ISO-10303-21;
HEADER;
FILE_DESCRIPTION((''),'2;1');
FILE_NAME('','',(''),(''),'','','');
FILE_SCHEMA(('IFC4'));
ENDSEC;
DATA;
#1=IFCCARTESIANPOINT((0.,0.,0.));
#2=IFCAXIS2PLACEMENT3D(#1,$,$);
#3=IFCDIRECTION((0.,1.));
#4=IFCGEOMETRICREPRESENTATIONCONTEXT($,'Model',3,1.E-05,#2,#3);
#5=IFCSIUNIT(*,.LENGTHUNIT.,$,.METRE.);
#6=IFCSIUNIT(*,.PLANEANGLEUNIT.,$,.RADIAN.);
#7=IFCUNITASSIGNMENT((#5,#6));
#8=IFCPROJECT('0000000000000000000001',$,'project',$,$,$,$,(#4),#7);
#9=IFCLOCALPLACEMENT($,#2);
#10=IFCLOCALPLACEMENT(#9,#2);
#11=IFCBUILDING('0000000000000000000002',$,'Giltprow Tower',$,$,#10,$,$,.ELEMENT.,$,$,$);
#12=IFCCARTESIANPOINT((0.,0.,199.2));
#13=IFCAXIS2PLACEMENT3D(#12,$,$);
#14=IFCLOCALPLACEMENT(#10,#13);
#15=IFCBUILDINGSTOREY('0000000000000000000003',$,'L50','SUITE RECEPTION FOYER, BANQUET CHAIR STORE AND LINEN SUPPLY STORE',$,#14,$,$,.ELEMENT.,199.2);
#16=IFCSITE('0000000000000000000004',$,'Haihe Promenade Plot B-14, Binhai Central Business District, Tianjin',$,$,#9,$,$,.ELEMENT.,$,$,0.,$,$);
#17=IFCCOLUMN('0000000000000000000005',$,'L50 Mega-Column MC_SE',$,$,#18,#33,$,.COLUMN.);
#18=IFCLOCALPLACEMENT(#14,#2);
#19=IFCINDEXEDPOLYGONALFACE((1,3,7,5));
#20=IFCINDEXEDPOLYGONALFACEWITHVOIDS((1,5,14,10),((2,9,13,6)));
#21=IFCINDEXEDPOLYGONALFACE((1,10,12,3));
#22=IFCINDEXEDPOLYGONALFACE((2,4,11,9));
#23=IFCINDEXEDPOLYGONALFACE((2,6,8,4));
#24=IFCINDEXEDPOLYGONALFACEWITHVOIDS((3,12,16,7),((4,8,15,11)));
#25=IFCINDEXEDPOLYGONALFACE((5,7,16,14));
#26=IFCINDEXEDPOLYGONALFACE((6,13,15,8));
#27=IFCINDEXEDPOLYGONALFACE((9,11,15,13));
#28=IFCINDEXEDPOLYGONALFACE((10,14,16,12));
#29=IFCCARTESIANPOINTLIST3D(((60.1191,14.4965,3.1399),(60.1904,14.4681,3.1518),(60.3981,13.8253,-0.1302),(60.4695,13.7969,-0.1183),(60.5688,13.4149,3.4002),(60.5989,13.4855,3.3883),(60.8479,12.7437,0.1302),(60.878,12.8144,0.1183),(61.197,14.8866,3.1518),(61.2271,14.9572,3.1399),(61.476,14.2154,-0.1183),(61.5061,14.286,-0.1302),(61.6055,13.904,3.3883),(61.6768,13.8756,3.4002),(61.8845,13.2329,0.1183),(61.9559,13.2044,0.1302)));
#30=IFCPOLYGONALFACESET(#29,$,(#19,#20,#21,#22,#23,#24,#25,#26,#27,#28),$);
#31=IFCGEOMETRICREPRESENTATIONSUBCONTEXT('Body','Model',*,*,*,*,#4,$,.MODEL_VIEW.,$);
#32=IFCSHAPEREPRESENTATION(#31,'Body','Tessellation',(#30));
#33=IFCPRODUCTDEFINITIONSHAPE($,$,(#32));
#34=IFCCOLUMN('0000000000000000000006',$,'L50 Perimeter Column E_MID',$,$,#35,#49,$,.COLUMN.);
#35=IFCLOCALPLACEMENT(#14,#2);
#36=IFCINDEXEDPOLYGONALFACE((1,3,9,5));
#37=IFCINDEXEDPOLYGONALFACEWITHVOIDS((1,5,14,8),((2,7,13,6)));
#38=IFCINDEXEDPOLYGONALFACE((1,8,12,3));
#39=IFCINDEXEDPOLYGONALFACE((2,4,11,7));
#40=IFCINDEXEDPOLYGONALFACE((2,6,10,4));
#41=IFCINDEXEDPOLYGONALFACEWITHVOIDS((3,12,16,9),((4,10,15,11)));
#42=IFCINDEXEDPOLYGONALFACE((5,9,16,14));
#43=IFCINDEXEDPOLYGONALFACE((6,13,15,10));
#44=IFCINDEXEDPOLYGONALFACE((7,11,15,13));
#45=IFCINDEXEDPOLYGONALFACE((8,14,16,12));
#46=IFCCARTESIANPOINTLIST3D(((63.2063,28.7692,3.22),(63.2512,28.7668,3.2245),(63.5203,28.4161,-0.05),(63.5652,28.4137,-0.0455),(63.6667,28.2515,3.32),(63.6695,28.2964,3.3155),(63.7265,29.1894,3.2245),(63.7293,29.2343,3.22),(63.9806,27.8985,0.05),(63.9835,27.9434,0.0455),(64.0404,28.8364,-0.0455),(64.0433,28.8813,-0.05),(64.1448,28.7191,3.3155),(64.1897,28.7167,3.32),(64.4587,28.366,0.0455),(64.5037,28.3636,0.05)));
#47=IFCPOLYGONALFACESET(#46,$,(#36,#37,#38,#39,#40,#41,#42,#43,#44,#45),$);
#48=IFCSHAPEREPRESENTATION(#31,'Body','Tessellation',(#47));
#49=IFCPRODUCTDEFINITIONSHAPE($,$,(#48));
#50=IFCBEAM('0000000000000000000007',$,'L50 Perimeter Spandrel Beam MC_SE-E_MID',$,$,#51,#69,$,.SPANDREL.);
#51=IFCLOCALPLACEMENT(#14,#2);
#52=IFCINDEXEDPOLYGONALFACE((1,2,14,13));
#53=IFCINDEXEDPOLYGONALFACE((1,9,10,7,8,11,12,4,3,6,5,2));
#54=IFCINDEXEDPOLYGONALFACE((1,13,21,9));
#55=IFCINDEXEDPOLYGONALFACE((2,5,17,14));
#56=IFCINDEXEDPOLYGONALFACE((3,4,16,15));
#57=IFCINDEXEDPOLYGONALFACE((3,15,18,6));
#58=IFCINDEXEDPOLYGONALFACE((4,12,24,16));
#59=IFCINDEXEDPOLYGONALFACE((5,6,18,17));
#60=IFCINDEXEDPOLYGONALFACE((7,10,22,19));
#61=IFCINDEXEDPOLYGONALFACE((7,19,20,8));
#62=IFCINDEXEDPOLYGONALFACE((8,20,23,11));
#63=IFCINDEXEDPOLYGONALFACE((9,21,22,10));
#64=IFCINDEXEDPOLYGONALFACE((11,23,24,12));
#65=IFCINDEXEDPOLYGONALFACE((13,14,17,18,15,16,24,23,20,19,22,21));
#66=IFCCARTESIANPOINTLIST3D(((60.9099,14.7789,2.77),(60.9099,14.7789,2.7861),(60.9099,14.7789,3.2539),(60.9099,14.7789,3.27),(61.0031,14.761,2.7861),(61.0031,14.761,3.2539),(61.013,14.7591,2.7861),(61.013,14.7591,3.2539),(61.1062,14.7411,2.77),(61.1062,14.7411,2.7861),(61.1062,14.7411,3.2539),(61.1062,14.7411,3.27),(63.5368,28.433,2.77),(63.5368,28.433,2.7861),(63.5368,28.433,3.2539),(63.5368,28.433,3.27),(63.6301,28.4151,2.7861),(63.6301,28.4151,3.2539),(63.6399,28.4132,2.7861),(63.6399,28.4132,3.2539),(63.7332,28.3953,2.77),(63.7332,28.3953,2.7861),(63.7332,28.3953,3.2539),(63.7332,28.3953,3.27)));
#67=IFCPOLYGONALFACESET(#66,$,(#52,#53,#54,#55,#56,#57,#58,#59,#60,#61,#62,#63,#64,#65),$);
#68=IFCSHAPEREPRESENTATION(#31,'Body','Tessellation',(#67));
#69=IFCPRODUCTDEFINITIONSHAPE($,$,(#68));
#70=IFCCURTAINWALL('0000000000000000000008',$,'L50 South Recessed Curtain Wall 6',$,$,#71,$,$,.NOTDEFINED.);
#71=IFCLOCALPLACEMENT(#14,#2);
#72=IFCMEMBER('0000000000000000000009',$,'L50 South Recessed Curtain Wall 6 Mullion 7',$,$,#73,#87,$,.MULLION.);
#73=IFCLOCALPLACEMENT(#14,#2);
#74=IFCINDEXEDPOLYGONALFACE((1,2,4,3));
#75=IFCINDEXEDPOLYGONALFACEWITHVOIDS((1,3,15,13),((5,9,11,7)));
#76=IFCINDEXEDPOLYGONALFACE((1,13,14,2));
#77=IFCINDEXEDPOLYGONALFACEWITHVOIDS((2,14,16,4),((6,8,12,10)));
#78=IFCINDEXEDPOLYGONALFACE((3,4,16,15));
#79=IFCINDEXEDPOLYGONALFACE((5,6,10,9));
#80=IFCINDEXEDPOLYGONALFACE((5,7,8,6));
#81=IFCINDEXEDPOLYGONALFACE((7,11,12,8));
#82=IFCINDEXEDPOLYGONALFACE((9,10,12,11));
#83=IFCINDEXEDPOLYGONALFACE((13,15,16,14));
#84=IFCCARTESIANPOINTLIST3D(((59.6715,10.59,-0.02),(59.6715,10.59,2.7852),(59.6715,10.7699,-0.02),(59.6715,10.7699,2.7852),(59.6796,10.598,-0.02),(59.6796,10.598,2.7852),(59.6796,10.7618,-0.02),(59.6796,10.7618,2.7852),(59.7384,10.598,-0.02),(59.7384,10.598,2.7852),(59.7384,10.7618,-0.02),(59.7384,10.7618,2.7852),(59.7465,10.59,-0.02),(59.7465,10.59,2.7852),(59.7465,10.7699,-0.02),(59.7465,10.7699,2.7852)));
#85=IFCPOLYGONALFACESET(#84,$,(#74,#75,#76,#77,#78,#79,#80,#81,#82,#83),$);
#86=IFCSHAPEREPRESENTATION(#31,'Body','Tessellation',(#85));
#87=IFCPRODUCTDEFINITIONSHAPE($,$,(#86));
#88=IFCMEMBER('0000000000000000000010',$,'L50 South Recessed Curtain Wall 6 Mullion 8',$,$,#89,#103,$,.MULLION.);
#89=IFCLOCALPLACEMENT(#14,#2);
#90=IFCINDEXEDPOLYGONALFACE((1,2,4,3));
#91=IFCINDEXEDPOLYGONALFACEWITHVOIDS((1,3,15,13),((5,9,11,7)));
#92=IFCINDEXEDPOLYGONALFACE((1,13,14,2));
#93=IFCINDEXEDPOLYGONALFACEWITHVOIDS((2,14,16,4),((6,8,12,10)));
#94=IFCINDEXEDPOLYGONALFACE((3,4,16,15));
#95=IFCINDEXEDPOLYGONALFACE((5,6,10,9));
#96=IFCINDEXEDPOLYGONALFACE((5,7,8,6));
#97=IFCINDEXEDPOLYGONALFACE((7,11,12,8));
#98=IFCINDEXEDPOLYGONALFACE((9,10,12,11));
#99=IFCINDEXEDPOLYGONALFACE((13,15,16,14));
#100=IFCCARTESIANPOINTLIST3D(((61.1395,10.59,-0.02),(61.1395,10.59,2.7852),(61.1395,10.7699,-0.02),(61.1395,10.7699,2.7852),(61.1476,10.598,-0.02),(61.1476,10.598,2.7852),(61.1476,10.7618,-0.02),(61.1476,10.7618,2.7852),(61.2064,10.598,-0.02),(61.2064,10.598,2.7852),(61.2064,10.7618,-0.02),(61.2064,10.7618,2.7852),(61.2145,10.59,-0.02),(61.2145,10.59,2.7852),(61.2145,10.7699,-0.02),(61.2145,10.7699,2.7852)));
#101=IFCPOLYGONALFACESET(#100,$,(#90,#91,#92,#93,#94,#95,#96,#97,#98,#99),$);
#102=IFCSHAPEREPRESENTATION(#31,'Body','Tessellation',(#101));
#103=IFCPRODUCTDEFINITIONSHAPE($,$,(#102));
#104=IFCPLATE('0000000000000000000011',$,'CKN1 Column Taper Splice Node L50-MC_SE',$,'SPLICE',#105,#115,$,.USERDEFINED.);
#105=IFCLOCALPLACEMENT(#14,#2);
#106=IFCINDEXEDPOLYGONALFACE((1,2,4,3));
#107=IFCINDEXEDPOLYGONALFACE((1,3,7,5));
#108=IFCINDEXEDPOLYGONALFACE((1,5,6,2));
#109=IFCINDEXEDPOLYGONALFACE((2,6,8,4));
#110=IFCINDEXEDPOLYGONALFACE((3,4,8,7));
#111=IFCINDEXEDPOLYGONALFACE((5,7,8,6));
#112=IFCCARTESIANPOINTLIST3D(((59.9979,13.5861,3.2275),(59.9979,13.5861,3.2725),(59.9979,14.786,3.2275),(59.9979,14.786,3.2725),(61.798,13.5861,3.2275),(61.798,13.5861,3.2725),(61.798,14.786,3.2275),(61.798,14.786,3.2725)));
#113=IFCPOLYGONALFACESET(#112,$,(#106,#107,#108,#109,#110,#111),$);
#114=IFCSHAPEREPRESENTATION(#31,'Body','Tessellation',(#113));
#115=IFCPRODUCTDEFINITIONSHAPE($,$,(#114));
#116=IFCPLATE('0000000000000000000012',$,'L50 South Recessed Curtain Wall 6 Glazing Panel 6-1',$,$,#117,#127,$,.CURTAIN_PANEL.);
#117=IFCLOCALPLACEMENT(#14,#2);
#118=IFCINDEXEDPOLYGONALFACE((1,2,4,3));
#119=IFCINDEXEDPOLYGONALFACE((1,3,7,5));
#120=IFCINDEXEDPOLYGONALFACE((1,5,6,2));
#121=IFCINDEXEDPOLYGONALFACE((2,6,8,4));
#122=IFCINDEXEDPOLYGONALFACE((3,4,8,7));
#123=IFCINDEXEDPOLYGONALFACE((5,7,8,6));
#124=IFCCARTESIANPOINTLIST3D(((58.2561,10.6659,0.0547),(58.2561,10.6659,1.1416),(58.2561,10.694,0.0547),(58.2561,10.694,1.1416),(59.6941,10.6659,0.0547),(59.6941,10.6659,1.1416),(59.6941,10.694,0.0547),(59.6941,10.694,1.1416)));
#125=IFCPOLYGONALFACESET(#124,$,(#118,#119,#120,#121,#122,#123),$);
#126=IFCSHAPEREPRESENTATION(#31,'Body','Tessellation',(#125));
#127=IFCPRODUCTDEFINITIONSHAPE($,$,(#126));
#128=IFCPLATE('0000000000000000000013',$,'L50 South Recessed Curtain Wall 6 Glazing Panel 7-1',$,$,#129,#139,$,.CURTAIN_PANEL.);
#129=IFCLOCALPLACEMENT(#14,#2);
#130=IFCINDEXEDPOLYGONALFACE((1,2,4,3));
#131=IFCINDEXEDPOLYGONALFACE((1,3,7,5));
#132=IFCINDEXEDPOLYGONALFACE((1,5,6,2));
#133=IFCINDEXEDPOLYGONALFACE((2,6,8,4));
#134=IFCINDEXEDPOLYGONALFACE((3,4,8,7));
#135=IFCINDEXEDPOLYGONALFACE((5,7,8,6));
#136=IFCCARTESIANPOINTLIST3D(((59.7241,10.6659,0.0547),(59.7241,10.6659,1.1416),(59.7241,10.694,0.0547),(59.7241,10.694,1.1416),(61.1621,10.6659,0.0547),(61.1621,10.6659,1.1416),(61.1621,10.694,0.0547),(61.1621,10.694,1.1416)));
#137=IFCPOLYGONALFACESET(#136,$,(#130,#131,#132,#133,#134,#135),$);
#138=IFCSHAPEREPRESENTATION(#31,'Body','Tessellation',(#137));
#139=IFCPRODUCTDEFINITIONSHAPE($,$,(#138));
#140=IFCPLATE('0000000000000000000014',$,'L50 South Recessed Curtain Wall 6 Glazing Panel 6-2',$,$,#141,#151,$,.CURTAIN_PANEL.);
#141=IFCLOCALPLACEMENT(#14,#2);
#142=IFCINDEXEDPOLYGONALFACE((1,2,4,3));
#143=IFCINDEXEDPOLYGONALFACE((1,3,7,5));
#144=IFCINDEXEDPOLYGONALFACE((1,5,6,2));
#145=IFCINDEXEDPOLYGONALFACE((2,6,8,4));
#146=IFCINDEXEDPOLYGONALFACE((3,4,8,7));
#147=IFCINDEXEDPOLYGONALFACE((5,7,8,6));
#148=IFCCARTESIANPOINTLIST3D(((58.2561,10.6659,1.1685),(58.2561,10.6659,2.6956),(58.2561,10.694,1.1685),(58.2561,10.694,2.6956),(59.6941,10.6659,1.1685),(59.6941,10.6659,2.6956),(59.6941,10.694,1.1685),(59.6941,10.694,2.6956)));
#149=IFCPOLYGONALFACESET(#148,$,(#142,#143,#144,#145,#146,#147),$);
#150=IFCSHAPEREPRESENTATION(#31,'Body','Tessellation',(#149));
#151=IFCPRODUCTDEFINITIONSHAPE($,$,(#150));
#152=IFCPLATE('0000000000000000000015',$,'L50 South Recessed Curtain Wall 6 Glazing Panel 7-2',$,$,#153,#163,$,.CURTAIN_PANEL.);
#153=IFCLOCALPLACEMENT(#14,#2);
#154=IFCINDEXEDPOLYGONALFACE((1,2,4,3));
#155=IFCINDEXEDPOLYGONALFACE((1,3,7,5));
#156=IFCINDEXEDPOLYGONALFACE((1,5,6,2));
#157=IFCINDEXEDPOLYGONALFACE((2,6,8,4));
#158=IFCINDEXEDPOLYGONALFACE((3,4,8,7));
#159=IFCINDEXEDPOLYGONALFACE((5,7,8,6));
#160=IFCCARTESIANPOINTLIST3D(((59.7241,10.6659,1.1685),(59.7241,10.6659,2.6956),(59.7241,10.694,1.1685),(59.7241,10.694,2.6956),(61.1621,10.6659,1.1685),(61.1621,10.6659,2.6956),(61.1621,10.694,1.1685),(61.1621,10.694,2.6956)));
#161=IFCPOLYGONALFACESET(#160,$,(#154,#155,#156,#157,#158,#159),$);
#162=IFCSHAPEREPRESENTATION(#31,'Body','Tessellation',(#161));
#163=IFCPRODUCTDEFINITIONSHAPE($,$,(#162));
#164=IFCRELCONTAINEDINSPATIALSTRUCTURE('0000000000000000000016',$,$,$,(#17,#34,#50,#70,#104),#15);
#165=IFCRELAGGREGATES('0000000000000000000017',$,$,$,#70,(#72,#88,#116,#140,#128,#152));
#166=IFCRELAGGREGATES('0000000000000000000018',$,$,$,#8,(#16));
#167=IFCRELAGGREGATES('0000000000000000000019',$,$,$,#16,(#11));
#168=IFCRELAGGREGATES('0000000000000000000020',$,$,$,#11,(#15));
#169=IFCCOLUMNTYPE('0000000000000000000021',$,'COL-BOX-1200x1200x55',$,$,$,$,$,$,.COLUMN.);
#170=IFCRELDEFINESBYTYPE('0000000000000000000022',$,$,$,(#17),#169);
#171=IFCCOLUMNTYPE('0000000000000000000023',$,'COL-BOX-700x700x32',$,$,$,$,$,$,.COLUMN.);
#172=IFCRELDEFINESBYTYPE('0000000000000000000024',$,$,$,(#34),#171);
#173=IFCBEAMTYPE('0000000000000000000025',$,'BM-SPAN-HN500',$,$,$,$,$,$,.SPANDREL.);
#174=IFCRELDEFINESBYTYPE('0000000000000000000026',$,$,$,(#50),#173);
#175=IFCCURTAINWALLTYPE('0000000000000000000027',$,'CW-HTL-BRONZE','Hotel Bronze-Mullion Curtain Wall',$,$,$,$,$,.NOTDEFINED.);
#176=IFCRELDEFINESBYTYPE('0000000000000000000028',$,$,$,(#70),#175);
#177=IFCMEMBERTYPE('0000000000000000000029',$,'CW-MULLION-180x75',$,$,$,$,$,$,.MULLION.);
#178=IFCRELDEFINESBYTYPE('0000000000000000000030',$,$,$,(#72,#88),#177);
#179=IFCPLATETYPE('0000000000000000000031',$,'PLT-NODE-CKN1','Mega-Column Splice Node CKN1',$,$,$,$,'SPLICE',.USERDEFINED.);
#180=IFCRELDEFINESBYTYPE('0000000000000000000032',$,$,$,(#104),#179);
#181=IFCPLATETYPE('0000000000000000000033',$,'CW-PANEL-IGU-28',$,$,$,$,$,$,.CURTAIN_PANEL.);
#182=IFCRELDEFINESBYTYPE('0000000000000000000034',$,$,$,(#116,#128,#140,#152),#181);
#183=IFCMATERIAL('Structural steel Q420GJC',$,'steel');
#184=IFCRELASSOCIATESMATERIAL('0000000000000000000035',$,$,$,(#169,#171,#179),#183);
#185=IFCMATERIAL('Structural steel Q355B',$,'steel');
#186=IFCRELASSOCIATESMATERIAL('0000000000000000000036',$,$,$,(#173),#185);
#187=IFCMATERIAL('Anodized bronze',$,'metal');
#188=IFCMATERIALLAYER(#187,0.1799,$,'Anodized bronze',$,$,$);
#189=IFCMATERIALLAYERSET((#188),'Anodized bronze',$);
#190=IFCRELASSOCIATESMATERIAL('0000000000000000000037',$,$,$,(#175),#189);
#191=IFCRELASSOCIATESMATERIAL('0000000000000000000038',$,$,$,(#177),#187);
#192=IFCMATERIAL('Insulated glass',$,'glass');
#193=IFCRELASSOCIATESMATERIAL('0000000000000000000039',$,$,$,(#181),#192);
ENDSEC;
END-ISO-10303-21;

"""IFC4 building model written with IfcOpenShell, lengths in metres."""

from ifc_helpers import new_model, si_unit, direction, frame, origin, origin_2d, place, context, subcontext, project, spatial, rectangle, hollow_rectangle, i_section, extrude, source, transform, mapped, material, layer, layer_set, material_profile, profile_set, type_object, element, aggregate, save


model = new_model("IFC4")

# Units and contexts
model_context = context("Model", 3, precision=1e-05, world=origin(), true_north=direction((0.0, 1.0)))
body_context = subcontext(model_context, "Body", "Model", "MODEL_VIEW")
ifc_project = project(units=[si_unit("LENGTHUNIT", "METRE"), si_unit("PLANEANGLEUNIT", "RADIAN")], contexts=[model_context])

# Site, building, storey
site_placement = place(None, origin())
site = spatial("IfcSite", under=ifc_project, at=site_placement, Name="Haihe Promenade Plot B-14, Binhai Central Business District, Tianjin", CompositionType="ELEMENT", RefElevation=0.0)
building_placement = place(site_placement, origin())
building = spatial("IfcBuilding", under=site, at=building_placement, Name="Giltprow Tower", CompositionType="ELEMENT")
storey_placement = place(building_placement, frame((0.0, 0.0, 199.2)))
storey = spatial("IfcBuildingStorey", under=building, at=storey_placement, Name="L50", Description="SUITE RECEPTION FOYER, BANQUET CHAIR STORE AND LINEN SUPPLY STORE", CompositionType="ELEMENT", Elevation=199.2)

# Columns
ifc_material_1 = material(Name="Structural steel Q420GJC", Category="steel")
ifc_material_profile_1 = material_profile(ifc_material_1, hollow_rectangle(XDim=1.2, YDim=1.2, WallThickness=0.0549, at=origin_2d()), Name="BOX 1200x1200x55")
ifc_profile_set_1 = profile_set([ifc_material_profile_1], Name="Structural steel Q420GJC")
column_type_1 = type_object("IfcColumnType", Name="COL-BOX-1200x1200x55", PredefinedType="COLUMN", material=ifc_profile_set_1)
shared_shape_1 = source(origin(), body_context, "Body", "SweptSolid", [
    extrude(hollow_rectangle(XDim=1.2, YDim=1.2, WallThickness=0.0549, at=origin_2d()), origin(), (0.0, 0.0, 1.0), 3.3499),
])
column_1_placement = place(storey_placement, frame((61.177, 13.5149, 0.0), z_axis=(-0.083304, 0.200352, 0.976176), x_axis=(-0.923365, -0.383924, 0.0)))
element("IfcColumn", 1, at=column_1_placement, inside=storey, type_object=column_type_1, Name="L50 Mega-Column MC_SE", PredefinedType="COLUMN", context=body_context, shape_type="MappedRepresentation", body=[
    mapped(shared_shape_1, transform((0.0, 0.0, 0.0), x_axis=(1.0, 0.0, 0.0), y_axis=(0.0, 1.0, 0.0), z_axis=(0.0, 0.0, 1.0), scale=1.0)),
])
ifc_material_profile_2 = material_profile(ifc_material_1, hollow_rectangle(XDim=0.7, YDim=0.7, WallThickness=0.032, at=origin_2d()), Name="BOX 700x700x32")
ifc_profile_set_2 = profile_set([ifc_material_profile_2], Name="Structural steel Q420GJC")
column_type_2 = type_object("IfcColumnType", Name="COL-BOX-700x700x32", PredefinedType="COLUMN", material=ifc_profile_set_2)
shared_shape_2 = source(origin(), body_context, "Body", "SweptSolid", [
    extrude(hollow_rectangle(XDim=0.7, YDim=0.7, WallThickness=0.032, at=origin_2d()), origin(), (0.0, 0.0, 1.0), 3.304),
])
column_2_placement = place(storey_placement, frame((64.012, 28.3899, 0.0), z_axis=(-0.095026, 0.106849, 0.989724), x_axis=(-0.747238, -0.664556, 0.0)))
element("IfcColumn", 2, at=column_2_placement, inside=storey, type_object=column_type_2, Name="L50 Perimeter Column E_MID", PredefinedType="COLUMN", context=body_context, shape_type="MappedRepresentation", body=[
    mapped(shared_shape_2, transform((0.0, 0.0, 0.0), x_axis=(1.0, 0.0, 0.0), y_axis=(0.0, 1.0, 0.0), z_axis=(0.0, 0.0, 1.0), scale=1.0)),
])

# Beam
ifc_material_2 = material(Name="Structural steel Q355B", Category="steel")
ifc_material_profile_3 = material_profile(ifc_material_2, i_section(OverallWidth=0.2, OverallDepth=0.5, WebThickness=0.01, FlangeThickness=0.0161, at=origin_2d()), Name="HN 500x200x10x16")
ifc_profile_set_3 = profile_set([ifc_material_profile_3], Name="Structural steel Q355B")
beam_type = type_object("IfcBeamType", Name="BM-SPAN-HN500", PredefinedType="SPANDREL", material=ifc_profile_set_3)
shared_shape_3 = source(origin(), body_context, "Body", "SweptSolid", [
    extrude(i_section(OverallWidth=0.2, OverallDepth=0.5, WebThickness=0.01, FlangeThickness=0.0161, at=origin_2d()), origin(), (0.0, 0.0, 1.0), 13.9045),
])
beam_placement = place(storey_placement, frame((61.0081, 14.76, 3.02), z_axis=(0.188929, 0.981991, 0.0), x_axis=(-0.981991, 0.188929, 0.0)))
element("IfcBeam", 3, at=beam_placement, inside=storey, type_object=beam_type, Name="L50 Perimeter Spandrel Beam MC_SE-E_MID", PredefinedType="SPANDREL", context=body_context, shape_type="MappedRepresentation", body=[
    mapped(shared_shape_3, transform((0.0, 0.0, 0.0), x_axis=(1.0, 0.0, 0.0), y_axis=(0.0, 1.0, 0.0), z_axis=(0.0, 0.0, 1.0), scale=1.0)),
])

# Curtain wall, members
ifc_material_3 = material(Name="Anodized bronze", Category="metal")
ifc_layer_1 = layer(ifc_material_3, 0.1799, Name="Anodized bronze")
ifc_layer_set_1 = layer_set([ifc_layer_1], Name="Anodized bronze")
curtain_wall_type = type_object("IfcCurtainWallType", Name="CW-HTL-BRONZE", Description="Hotel Bronze-Mullion Curtain Wall", PredefinedType="NOTDEFINED", material=ifc_layer_set_1)
curtain_wall_placement = place(storey_placement, origin())
curtain_wall = element("IfcCurtainWall", 4, at=curtain_wall_placement, inside=storey, type_object=curtain_wall_type, Name="L50 South Recessed Curtain Wall 6", PredefinedType="NOTDEFINED")
ifc_material_profile_4 = material_profile(ifc_material_3, hollow_rectangle(XDim=0.075, YDim=0.1799, WallThickness=0.0081, at=origin_2d()), Name="RHS 180x75x8")
ifc_profile_set_4 = profile_set([ifc_material_profile_4], Name="Anodized bronze")
member_type = type_object("IfcMemberType", Name="CW-MULLION-180x75", PredefinedType="MULLION", material=ifc_profile_set_4)
shared_shape_4 = source(origin(), body_context, "Body", "SweptSolid", [
    extrude(hollow_rectangle(XDim=0.075, YDim=0.1799, WallThickness=0.0081, at=origin_2d()), origin(), (0.0, 0.0, 1.0), 2.8052),
])
member_1_placement = place(storey_placement, frame((59.709, 10.6799, -0.02), z_axis=(0.0, 0.0, 1.0), x_axis=(1.0, 0.0, 0.0)))
member_1 = element("IfcMember", 5, at=member_1_placement, type_object=member_type, Name="L50 South Recessed Curtain Wall 6 Mullion 7", PredefinedType="MULLION", context=body_context, shape_type="MappedRepresentation", body=[
    mapped(shared_shape_4, transform((0.0, 0.0, 0.0), x_axis=(1.0, 0.0, 0.0), y_axis=(0.0, 1.0, 0.0), z_axis=(0.0, 0.0, 1.0), scale=1.0)),
])
member_2_placement = place(storey_placement, frame((61.177, 10.6799, -0.02), z_axis=(0.0, 0.0, 1.0), x_axis=(1.0, 0.0, 0.0)))
member_2 = element("IfcMember", 6, at=member_2_placement, type_object=member_type, Name="L50 South Recessed Curtain Wall 6 Mullion 8", PredefinedType="MULLION", context=body_context, shape_type="MappedRepresentation", body=[
    mapped(shared_shape_4, transform((0.0, 0.0, 0.0), x_axis=(1.0, 0.0, 0.0), y_axis=(0.0, 1.0, 0.0), z_axis=(0.0, 0.0, 1.0), scale=1.0)),
])

# Plates
plate_type_1 = type_object("IfcPlateType", Name="PLT-NODE-CKN1", Description="Mega-Column Splice Node CKN1", ElementType="SPLICE", PredefinedType="USERDEFINED", material=ifc_material_1)
shared_shape_5 = source(origin(), body_context, "Body", "SweptSolid", [
    extrude(rectangle(XDim=1.8, YDim=1.2, at=origin_2d()), origin(), (0.0, 0.0, 1.0), 0.0449),
])
plate_1_placement = place(storey_placement, frame((60.8979, 14.186, 3.2275), z_axis=(0.0, 0.0, 1.0), x_axis=(1.0, 0.0, 0.0)))
element("IfcPlate", 7, at=plate_1_placement, inside=storey, type_object=plate_type_1, Name="CKN1 Column Taper Splice Node L50-MC_SE", ObjectType="SPLICE", PredefinedType="USERDEFINED", context=body_context, shape_type="MappedRepresentation", body=[
    mapped(shared_shape_5, transform((0.0, 0.0, 0.0), x_axis=(1.0, 0.0, 0.0), y_axis=(0.0, 1.0, 0.0), z_axis=(0.0, 0.0, 1.0), scale=1.0)),
])
ifc_material_4 = material(Name="Insulated glass", Category="glass")
plate_type_2 = type_object("IfcPlateType", Name="CW-PANEL-IGU-28", PredefinedType="CURTAIN_PANEL", material=ifc_material_4)
shared_shape_6 = source(origin(), body_context, "Body", "SweptSolid", [
    extrude(rectangle(XDim=1.438, YDim=0.0281, at=origin_2d()), origin(), (0.0, 0.0, 1.0), 1.0869),
])
plate_2_placement = place(storey_placement, frame((58.9751, 10.6799, 0.0547), z_axis=(0.0, 0.0, 1.0), x_axis=(1.0, 0.0, 0.0)))
plate_2 = element("IfcPlate", 8, at=plate_2_placement, type_object=plate_type_2, Name="L50 South Recessed Curtain Wall 6 Glazing Panel 6-1", PredefinedType="CURTAIN_PANEL", context=body_context, shape_type="MappedRepresentation", body=[
    mapped(shared_shape_6, transform((0.0, 0.0, 0.0), x_axis=(1.0, 0.0, 0.0), y_axis=(0.0, 1.0, 0.0), z_axis=(0.0, 0.0, 1.0), scale=1.0)),
])
plate_3_placement = place(storey_placement, frame((60.4431, 10.6799, 0.0547), z_axis=(0.0, 0.0, 1.0), x_axis=(1.0, 0.0, 0.0)))
plate_3 = element("IfcPlate", 9, at=plate_3_placement, type_object=plate_type_2, Name="L50 South Recessed Curtain Wall 6 Glazing Panel 7-1", PredefinedType="CURTAIN_PANEL", context=body_context, shape_type="MappedRepresentation", body=[
    mapped(shared_shape_6, transform((0.0, 0.0, 0.0), x_axis=(1.0, 0.0, 0.0), y_axis=(0.0, 1.0, 0.0), z_axis=(0.0, 0.0, 1.0), scale=1.0)),
])
shared_shape_7 = source(origin(), body_context, "Body", "SweptSolid", [
    extrude(rectangle(XDim=1.438, YDim=0.0281, at=origin_2d()), origin(), (0.0, 0.0, 1.0), 1.5271),
])
plate_4_placement = place(storey_placement, frame((58.9751, 10.6799, 1.1685), z_axis=(0.0, 0.0, 1.0), x_axis=(1.0, 0.0, 0.0)))
plate_4 = element("IfcPlate", 10, at=plate_4_placement, type_object=plate_type_2, Name="L50 South Recessed Curtain Wall 6 Glazing Panel 6-2", PredefinedType="CURTAIN_PANEL", context=body_context, shape_type="MappedRepresentation", body=[
    mapped(shared_shape_7, transform((0.0, 0.0, 0.0), x_axis=(1.0, 0.0, 0.0), y_axis=(0.0, 1.0, 0.0), z_axis=(0.0, 0.0, 1.0), scale=1.0)),
])
plate_5_placement = place(storey_placement, frame((60.4431, 10.6799, 1.1685), z_axis=(0.0, 0.0, 1.0), x_axis=(1.0, 0.0, 0.0)))
plate_5 = element("IfcPlate", 11, at=plate_5_placement, type_object=plate_type_2, Name="L50 South Recessed Curtain Wall 6 Glazing Panel 7-2", PredefinedType="CURTAIN_PANEL", context=body_context, shape_type="MappedRepresentation", body=[
    mapped(shared_shape_7, transform((0.0, 0.0, 0.0), x_axis=(1.0, 0.0, 0.0), y_axis=(0.0, 1.0, 0.0), z_axis=(0.0, 0.0, 1.0), scale=1.0)),
])
aggregate(curtain_wall, [member_1, member_2, plate_2, plate_4, plate_3, plate_5])

save(model, "model.ifc")
